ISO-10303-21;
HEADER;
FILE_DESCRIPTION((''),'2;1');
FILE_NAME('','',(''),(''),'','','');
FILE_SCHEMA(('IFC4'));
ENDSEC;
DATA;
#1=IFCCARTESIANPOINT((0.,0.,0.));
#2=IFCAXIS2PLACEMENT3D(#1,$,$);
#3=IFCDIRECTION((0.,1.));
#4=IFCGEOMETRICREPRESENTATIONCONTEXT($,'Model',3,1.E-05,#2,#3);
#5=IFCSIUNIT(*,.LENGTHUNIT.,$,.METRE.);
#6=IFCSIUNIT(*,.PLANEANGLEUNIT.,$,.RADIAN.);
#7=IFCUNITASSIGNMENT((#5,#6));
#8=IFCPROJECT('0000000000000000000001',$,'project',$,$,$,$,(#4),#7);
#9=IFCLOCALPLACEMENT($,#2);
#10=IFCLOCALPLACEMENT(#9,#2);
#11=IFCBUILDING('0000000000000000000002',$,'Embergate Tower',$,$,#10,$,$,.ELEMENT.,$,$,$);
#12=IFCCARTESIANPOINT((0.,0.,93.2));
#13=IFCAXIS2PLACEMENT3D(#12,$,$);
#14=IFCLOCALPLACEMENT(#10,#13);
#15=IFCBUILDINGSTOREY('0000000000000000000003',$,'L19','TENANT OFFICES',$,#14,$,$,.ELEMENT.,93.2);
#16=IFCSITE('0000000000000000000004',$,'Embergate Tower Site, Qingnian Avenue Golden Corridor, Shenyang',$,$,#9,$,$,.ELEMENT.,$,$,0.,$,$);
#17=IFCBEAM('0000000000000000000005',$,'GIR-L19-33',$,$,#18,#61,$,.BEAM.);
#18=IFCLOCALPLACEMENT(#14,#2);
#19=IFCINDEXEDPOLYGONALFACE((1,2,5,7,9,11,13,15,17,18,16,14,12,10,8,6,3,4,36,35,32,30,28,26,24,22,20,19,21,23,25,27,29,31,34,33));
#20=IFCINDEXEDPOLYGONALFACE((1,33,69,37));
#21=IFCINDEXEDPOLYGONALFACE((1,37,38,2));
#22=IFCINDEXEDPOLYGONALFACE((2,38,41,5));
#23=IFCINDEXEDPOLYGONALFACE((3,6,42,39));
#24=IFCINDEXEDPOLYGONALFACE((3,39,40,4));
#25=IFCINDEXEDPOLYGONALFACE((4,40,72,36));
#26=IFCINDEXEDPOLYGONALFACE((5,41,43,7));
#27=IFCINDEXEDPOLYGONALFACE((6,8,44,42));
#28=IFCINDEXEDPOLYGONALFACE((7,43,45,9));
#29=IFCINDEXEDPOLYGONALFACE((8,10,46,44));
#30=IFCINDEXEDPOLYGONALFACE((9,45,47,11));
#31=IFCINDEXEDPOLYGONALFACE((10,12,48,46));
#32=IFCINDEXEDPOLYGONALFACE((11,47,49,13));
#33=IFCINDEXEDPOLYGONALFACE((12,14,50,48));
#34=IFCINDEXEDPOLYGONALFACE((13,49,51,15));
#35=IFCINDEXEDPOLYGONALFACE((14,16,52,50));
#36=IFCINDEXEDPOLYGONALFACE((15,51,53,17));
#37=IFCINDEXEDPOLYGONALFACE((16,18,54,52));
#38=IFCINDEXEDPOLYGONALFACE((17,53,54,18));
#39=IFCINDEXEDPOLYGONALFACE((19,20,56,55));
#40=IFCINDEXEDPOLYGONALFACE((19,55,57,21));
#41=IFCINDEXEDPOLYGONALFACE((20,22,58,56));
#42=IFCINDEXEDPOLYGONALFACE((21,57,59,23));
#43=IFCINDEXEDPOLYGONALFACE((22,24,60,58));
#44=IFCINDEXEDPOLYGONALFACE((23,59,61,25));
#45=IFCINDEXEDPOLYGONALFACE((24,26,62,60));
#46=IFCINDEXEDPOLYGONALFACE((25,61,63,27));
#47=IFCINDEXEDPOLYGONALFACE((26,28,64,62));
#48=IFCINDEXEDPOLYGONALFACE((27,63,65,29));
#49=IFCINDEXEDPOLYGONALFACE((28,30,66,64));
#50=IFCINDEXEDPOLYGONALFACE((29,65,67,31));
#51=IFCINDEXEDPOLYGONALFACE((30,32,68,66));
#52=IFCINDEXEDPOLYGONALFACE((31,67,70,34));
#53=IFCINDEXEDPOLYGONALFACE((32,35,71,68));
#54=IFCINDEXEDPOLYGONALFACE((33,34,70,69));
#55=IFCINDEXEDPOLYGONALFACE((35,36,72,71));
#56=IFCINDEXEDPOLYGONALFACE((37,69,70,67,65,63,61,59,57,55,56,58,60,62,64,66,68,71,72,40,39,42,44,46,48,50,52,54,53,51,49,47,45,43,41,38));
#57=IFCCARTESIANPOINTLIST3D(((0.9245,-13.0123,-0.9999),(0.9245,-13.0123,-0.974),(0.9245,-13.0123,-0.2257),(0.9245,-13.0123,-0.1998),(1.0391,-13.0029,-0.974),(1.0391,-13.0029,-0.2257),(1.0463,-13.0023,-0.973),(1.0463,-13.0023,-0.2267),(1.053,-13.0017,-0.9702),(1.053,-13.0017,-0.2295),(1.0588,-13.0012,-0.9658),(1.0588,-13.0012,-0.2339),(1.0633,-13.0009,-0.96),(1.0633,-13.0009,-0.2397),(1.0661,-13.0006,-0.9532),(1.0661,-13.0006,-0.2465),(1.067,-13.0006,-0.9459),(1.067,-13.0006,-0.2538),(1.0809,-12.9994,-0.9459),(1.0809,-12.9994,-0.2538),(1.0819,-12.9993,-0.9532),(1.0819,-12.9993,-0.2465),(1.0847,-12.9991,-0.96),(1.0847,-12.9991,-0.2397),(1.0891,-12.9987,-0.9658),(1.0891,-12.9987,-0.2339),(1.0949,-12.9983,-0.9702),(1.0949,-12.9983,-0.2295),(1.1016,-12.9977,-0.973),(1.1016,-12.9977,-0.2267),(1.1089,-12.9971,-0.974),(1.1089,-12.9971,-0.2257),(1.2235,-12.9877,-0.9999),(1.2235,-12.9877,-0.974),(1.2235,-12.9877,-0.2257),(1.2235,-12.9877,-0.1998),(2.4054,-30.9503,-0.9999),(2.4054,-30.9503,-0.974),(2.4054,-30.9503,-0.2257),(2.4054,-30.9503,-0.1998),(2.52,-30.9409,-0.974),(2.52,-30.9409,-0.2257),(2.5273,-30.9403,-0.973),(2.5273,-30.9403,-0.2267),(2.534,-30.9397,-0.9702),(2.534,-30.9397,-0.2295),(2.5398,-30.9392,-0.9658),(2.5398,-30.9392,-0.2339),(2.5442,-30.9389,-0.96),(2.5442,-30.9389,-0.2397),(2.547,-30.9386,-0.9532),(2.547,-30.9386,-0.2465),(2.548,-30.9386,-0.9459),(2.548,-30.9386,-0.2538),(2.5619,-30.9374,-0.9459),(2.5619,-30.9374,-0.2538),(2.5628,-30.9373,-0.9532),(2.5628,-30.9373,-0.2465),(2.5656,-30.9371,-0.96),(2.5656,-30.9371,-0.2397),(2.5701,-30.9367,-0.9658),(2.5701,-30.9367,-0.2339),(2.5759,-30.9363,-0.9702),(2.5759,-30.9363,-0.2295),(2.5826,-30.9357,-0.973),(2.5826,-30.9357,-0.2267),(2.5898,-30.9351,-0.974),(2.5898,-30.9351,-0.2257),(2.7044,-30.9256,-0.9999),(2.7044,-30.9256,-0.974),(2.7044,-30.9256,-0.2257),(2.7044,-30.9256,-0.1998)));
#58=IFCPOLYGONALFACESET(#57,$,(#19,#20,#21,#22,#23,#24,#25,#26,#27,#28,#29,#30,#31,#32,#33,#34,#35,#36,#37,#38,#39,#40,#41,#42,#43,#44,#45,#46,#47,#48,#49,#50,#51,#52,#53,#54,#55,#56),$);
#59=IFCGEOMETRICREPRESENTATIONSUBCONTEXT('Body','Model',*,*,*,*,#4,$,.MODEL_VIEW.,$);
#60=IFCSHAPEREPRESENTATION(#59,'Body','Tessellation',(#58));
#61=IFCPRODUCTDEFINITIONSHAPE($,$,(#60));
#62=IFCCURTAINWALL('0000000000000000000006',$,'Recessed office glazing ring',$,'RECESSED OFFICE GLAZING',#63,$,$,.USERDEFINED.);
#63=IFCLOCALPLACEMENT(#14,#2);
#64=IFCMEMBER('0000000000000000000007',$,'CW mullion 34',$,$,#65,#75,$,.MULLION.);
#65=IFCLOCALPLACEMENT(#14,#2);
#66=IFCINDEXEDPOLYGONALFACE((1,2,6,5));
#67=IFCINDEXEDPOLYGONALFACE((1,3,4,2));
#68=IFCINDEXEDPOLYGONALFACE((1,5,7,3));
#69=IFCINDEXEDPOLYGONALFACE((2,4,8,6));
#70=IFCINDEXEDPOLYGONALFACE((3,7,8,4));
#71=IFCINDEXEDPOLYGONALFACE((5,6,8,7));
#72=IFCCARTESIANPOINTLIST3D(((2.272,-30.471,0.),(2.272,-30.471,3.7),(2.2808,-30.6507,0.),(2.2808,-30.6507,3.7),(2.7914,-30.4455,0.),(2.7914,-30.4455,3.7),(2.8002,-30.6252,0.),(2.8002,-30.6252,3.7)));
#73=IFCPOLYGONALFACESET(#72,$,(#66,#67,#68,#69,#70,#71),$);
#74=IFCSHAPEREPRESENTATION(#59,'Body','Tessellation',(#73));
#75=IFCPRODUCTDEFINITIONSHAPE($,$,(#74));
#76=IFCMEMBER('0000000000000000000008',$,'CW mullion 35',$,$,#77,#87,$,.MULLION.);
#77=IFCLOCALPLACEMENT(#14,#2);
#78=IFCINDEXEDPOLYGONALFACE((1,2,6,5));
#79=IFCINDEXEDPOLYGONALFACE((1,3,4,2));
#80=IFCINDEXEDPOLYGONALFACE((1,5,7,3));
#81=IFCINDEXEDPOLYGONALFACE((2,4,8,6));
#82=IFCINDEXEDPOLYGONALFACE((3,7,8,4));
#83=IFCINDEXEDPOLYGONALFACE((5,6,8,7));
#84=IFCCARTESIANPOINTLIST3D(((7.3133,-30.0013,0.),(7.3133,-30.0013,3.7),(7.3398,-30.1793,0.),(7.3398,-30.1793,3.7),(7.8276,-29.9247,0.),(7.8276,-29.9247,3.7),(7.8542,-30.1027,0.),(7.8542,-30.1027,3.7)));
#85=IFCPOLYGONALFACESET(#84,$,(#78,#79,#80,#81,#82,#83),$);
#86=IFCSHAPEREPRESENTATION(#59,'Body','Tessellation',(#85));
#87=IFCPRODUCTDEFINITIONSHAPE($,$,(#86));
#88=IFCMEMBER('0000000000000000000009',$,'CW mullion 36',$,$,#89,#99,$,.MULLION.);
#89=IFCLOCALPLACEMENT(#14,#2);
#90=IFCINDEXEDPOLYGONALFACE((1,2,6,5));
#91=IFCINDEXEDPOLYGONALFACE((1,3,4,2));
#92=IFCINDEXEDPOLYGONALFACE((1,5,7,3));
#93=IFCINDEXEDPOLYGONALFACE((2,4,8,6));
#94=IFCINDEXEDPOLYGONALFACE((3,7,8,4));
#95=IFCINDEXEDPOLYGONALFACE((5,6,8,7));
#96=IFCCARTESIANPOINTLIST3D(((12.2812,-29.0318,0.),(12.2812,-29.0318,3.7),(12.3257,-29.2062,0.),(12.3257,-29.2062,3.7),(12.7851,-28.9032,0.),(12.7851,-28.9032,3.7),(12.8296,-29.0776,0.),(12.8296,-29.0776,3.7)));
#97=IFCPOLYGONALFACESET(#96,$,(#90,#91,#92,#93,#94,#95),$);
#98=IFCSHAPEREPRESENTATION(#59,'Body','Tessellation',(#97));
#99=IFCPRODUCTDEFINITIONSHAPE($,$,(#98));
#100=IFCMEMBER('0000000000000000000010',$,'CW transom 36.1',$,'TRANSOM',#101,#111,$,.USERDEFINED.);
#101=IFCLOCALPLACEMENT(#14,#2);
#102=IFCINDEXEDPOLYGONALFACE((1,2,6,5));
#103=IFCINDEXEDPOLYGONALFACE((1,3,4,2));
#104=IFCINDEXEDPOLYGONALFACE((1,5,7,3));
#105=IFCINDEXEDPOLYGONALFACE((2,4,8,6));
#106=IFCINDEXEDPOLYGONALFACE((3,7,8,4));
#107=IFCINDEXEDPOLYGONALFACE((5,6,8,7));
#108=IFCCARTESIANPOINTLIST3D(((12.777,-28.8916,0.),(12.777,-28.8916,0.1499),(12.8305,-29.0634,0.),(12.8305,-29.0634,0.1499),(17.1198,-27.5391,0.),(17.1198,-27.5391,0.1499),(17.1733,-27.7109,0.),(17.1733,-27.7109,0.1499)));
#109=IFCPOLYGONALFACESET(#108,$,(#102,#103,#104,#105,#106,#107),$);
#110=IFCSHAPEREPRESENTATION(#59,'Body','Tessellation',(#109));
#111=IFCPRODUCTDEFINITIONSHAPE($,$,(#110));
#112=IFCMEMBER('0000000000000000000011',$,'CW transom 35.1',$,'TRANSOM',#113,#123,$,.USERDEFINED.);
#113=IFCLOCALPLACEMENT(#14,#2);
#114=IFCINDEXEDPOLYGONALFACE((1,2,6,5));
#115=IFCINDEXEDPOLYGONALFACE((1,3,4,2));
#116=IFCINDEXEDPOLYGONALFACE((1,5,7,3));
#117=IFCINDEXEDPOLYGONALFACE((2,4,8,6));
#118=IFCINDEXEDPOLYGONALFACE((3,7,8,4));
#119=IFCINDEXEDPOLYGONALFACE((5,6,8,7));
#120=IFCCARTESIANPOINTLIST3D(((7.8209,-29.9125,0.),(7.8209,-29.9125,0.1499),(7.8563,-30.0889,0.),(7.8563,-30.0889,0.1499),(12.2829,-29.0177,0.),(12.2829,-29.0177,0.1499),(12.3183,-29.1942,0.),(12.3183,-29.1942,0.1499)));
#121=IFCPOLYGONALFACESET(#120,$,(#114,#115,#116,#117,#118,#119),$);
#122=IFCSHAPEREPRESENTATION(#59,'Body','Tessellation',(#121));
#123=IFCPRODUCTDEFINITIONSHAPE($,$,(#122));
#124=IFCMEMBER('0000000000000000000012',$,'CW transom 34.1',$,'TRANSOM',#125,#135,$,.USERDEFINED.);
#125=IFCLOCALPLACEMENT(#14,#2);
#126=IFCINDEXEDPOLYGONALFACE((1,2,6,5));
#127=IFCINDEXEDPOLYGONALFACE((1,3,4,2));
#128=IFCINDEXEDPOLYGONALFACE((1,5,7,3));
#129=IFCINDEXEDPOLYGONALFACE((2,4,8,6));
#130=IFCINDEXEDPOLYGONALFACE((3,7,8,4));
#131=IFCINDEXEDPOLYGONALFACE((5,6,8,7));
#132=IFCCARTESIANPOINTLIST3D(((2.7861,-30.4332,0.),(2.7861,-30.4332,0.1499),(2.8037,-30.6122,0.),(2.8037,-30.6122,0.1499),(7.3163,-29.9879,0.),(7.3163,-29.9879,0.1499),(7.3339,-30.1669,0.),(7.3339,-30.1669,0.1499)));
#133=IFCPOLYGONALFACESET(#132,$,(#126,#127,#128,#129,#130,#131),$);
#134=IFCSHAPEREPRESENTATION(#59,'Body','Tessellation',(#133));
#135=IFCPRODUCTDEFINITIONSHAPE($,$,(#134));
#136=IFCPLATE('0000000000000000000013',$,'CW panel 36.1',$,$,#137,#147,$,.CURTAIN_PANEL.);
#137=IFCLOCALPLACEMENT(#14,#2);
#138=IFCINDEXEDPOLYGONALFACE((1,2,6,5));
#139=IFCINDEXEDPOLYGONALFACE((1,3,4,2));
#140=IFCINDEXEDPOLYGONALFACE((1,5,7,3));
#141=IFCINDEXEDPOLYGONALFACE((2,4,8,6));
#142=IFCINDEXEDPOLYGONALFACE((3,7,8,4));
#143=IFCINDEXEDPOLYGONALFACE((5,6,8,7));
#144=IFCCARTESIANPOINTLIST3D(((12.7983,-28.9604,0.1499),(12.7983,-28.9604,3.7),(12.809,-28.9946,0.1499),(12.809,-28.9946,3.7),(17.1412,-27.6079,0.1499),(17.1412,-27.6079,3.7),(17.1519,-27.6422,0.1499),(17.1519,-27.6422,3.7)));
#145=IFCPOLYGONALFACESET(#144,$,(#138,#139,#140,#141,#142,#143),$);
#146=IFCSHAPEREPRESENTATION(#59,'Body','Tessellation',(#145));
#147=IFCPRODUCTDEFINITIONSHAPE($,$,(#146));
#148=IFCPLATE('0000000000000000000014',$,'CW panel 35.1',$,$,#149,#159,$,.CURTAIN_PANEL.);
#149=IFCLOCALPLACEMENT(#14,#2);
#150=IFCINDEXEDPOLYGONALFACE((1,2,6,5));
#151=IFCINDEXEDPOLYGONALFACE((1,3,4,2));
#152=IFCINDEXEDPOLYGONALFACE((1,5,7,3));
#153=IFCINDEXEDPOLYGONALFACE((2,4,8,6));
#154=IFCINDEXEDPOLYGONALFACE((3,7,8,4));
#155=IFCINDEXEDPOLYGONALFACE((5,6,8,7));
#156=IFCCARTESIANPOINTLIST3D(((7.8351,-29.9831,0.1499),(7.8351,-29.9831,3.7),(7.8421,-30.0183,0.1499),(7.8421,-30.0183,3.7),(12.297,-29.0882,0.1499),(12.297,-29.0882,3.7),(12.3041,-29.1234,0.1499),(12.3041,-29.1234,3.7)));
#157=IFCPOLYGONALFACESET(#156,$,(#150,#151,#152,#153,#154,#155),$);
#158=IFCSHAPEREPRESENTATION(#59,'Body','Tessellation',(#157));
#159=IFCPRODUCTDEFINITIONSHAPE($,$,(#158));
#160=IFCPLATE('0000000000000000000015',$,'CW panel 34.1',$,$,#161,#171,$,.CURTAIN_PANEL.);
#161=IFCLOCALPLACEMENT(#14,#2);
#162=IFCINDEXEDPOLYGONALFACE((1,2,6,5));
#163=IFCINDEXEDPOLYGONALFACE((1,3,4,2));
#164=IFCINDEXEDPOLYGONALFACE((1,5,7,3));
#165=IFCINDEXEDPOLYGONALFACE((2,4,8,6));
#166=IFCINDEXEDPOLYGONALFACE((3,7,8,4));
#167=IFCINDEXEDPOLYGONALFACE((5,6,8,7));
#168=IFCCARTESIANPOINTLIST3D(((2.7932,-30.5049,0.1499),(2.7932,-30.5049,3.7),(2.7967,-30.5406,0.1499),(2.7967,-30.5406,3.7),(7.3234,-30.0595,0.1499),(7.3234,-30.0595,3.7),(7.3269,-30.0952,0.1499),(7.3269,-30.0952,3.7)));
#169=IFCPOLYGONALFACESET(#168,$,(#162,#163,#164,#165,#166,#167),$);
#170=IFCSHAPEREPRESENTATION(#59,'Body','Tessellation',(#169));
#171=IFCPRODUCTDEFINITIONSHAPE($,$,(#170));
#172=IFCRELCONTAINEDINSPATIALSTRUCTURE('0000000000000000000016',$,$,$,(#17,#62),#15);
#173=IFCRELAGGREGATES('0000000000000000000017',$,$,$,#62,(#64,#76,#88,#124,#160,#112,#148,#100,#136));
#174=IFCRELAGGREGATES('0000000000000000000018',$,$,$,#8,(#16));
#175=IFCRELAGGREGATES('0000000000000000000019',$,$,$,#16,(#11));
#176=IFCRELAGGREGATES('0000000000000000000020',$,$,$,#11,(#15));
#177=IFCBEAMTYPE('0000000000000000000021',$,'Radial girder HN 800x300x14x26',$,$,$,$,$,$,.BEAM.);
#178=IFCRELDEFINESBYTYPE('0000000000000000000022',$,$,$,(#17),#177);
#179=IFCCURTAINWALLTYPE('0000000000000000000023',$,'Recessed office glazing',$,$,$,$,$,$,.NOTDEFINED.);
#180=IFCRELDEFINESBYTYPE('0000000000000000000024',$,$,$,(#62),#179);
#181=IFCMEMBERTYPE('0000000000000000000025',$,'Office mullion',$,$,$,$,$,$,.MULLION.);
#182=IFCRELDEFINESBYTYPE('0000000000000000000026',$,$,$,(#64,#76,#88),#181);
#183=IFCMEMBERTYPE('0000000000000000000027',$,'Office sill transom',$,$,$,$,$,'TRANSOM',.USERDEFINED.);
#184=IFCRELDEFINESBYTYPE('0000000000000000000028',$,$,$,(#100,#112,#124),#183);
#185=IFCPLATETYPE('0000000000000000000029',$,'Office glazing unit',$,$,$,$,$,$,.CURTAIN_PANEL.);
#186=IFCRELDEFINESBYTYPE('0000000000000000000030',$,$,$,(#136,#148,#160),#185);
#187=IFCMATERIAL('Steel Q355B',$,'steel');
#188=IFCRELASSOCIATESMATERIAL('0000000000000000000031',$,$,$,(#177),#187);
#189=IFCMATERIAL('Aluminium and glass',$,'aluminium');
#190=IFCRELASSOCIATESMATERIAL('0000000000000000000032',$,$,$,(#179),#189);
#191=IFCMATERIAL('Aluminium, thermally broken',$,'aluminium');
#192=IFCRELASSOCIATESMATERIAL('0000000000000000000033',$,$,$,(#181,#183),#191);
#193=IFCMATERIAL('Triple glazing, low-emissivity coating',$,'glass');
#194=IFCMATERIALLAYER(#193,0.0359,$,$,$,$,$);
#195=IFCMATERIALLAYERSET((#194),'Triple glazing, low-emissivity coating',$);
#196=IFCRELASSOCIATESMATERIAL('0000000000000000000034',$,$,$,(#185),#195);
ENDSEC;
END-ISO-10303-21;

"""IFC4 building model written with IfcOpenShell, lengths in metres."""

from ifc_helpers import new_model, si_unit, direction, frame, origin, origin_2d, place, context, subcontext, project, spatial, rectangle, i_section, extrude, source, transform, mapped, material, layer, layer_set, material_profile, profile_set, type_object, element, aggregate, save


model = new_model("IFC4")

# Units and contexts
model_context = context("Model", 3, precision=1e-05, world=origin(), true_north=direction((0.0, 1.0)))
body_context = subcontext(model_context, "Body", "Model", "MODEL_VIEW")
ifc_project = project(units=[si_unit("LENGTHUNIT", "METRE"), si_unit("PLANEANGLEUNIT", "RADIAN")], contexts=[model_context])

# Site, building, storey
site_placement = place(None, origin())
site = spatial("IfcSite", under=ifc_project, at=site_placement, Name="Embergate Tower Site, Qingnian Avenue Golden Corridor, Shenyang", CompositionType="ELEMENT", RefElevation=0.0)
building_placement = place(site_placement, origin())
building = spatial("IfcBuilding", under=site, at=building_placement, Name="Embergate Tower", CompositionType="ELEMENT")
storey_placement = place(building_placement, frame((0.0, 0.0, 93.2)))
storey = spatial("IfcBuildingStorey", under=building, at=storey_placement, Name="L19", Description="TENANT OFFICES", CompositionType="ELEMENT", Elevation=93.2)

# Beam
ifc_material_1 = material(Name="Steel Q355B", Category="steel")
ifc_material_profile_1 = material_profile(ifc_material_1, i_section(OverallWidth=0.3, OverallDepth=0.8, WebThickness=0.0139, FlangeThickness=0.0259, FilletRadius=0.0281, at=origin_2d()), Name="HN 800x300x14x26")
ifc_profile_set_1 = profile_set([ifc_material_profile_1], Name="Steel Q355 grade B")
beam_type_1 = type_object("IfcBeamType", Name="Radial girder HN 800x300x14x26", PredefinedType="BEAM", material=ifc_profile_set_1)
shared_shape_1 = source(origin(), body_context, "Body", "SweptSolid", [
    extrude(i_section(OverallWidth=0.3, OverallDepth=0.8, WebThickness=0.0139, FlangeThickness=0.0259, FilletRadius=0.0281, at=origin_2d()), origin(), (0.0, 0.0, 1.0), 17.999),
])
beam_1_placement = place(storey_placement, frame((2.5549, -30.938, -0.5999), z_axis=(-0.08228, 0.996609, 0.0), x_axis=(-0.996609, -0.08228, 0.0)))
element("IfcBeam", 1, at=beam_1_placement, inside=storey, type_object=beam_type_1, Name="GIR-L19-33", PredefinedType="BEAM", context=body_context, shape_type="MappedRepresentation", body=[
    mapped(shared_shape_1, transform((0.0, 0.0, 0.0))),
])

# Curtain wall, members
ifc_material_2 = material(Name="Aluminium and glass", Category="aluminium")
curtain_wall_type = type_object("IfcCurtainWallType", Name="Recessed office glazing", PredefinedType="NOTDEFINED", material=ifc_material_2)
curtain_wall_placement = place(storey_placement, origin())
curtain_wall = element("IfcCurtainWall", 2, at=curtain_wall_placement, inside=storey, type_object=curtain_wall_type, Name="Recessed office glazing ring", ObjectType="RECESSED OFFICE GLAZING", PredefinedType="USERDEFINED")
ifc_material_3 = material(Name="Aluminium, thermally broken", Category="aluminium")
ifc_material_profile_2 = material_profile(ifc_material_3, rectangle(XDim=0.1799, YDim=0.52, at=origin_2d()), Name="AL 520x180")
ifc_profile_set_2 = profile_set([ifc_material_profile_2], Name="Aluminium, thermally broken")
member_type_1 = type_object("IfcMemberType", Name="Office mullion", PredefinedType="MULLION", material=ifc_profile_set_2)
shared_shape_2 = source(origin(), body_context, "Body", "SweptSolid", [
    extrude(rectangle(XDim=0.1799, YDim=0.52, at=origin_2d()), origin(), (0.0, 0.0, 1.0), 3.7),
])
member_1_placement = place(storey_placement, frame((2.5361, -30.5481, 0.0), z_axis=(0.0, 0.0, 1.0), x_axis=(-0.048972, 0.9988, 0.0)))
member_1 = element("IfcMember", 3, at=member_1_placement, type_object=member_type_1, Name="CW mullion 34", PredefinedType="MULLION", context=body_context, shape_type="MappedRepresentation", body=[
    mapped(shared_shape_2, transform((0.0, 0.0, 0.0))),
])
member_2_placement = place(storey_placement, frame((7.5837, -30.052, 0.0), z_axis=(0.0, 0.0, 1.0), x_axis=(-0.147412, 0.989075, 0.0)))
member_2 = element("IfcMember", 4, at=member_2_placement, type_object=member_type_1, Name="CW mullion 35", PredefinedType="MULLION", context=body_context, shape_type="MappedRepresentation", body=[
    mapped(shared_shape_2, transform((0.0, 0.0, 0.0))),
])
member_3_placement = place(storey_placement, frame((12.5554, -29.0547, 0.0), z_axis=(0.0, 0.0, 1.0), x_axis=(-0.247314, 0.968935, 0.0)))
member_3 = element("IfcMember", 5, at=member_3_placement, type_object=member_type_1, Name="CW mullion 36", PredefinedType="MULLION", context=body_context, shape_type="MappedRepresentation", body=[
    mapped(shared_shape_2, transform((0.0, 0.0, 0.0))),
])
ifc_material_profile_3 = material_profile(ifc_material_3, rectangle(XDim=0.1799, YDim=0.1499, at=origin_2d()), Name="AL 150x180")
ifc_profile_set_3 = profile_set([ifc_material_profile_3], Name="Aluminium, thermally broken")
member_type_2 = type_object("IfcMemberType", Name="Office sill transom", ElementType="TRANSOM", PredefinedType="USERDEFINED", material=ifc_profile_set_3)
shared_shape_3 = source(origin(), body_context, "Body", "SweptSolid", [
    extrude(rectangle(XDim=0.1799, YDim=0.1499, at=origin_2d()), origin(), (0.0, 0.0, 1.0), 4.5486),
])
member_4_placement = place(storey_placement, frame((12.8037, -28.9775, 0.075), z_axis=(0.954766, 0.297358, 0.0), x_axis=(-0.297358, 0.954766, 0.0)))
member_4 = element("IfcMember", 6, at=member_4_placement, type_object=member_type_2, Name="CW transom 36.1", ObjectType="TRANSOM", PredefinedType="USERDEFINED", context=body_context, shape_type="MappedRepresentation", body=[
    mapped(shared_shape_3, transform((0.0, 0.0, 0.0))),
])
shared_shape_4 = source(origin(), body_context, "Body", "SweptSolid", [
    extrude(rectangle(XDim=0.1799, YDim=0.1499, at=origin_2d()), origin(), (0.0, 0.0, 1.0), 4.5508),
])
member_5_placement = place(storey_placement, frame((7.8386, -30.0007, 0.075), z_axis=(0.980479, 0.196622, 0.0), x_axis=(-0.196622, 0.980479, 0.0)))
member_5 = element("IfcMember", 7, at=member_5_placement, type_object=member_type_2, Name="CW transom 35.1", ObjectType="TRANSOM", PredefinedType="USERDEFINED", context=body_context, shape_type="MappedRepresentation", body=[
    mapped(shared_shape_4, transform((0.0, 0.0, 0.0))),
])
shared_shape_5 = source(origin(), body_context, "Body", "SweptSolid", [
    extrude(rectangle(XDim=0.1799, YDim=0.1499, at=origin_2d()), origin(), (0.0, 0.0, 1.0), 4.552),
])
member_6_placement = place(storey_placement, frame((2.7949, -30.5227, 0.075), z_axis=(0.995204, 0.097826, 0.0), x_axis=(-0.097826, 0.995204, 0.0)))
member_6 = element("IfcMember", 8, at=member_6_placement, type_object=member_type_2, Name="CW transom 34.1", ObjectType="TRANSOM", PredefinedType="USERDEFINED", context=body_context, shape_type="MappedRepresentation", body=[
    mapped(shared_shape_5, transform((0.0, 0.0, 0.0))),
])

# Plates
ifc_material_4 = material(Name="Triple glazing, low-emissivity coating", Category="glass")
ifc_layer_1 = layer(ifc_material_4, 0.0359)
ifc_layer_set_1 = layer_set([ifc_layer_1], Name="Triple glazing, low-emissivity coating")
plate_type = type_object("IfcPlateType", Name="Office glazing unit", PredefinedType="CURTAIN_PANEL", material=ifc_layer_set_1)
shared_shape_6 = source(origin(), body_context, "Body", "SweptSolid", [
    extrude(rectangle(XDim=4.5486, YDim=0.0359, at=origin_2d()), origin(), (0.0, 0.0, 1.0), 3.55),
])
plate_1_placement = place(storey_placement, frame((14.9751, -28.3013, 0.1499), z_axis=(0.0, 0.0, 1.0), x_axis=(0.954772, 0.29734, 0.0)))
plate_1 = element("IfcPlate", 9, at=plate_1_placement, type_object=plate_type, Name="CW panel 36.1", PredefinedType="CURTAIN_PANEL", context=body_context, shape_type="MappedRepresentation", body=[
    mapped(shared_shape_6, transform((0.0, 0.0, 0.0))),
])
shared_shape_7 = source(origin(), body_context, "Body", "SweptSolid", [
    extrude(rectangle(XDim=4.5508, YDim=0.0359, at=origin_2d()), origin(), (0.0, 0.0, 1.0), 3.55),
])
plate_2_placement = place(storey_placement, frame((10.0696, -29.5532, 0.1499), z_axis=(0.0, 0.0, 1.0), x_axis=(0.980476, 0.196641, 0.0)))
plate_2 = element("IfcPlate", 10, at=plate_2_placement, type_object=plate_type, Name="CW panel 35.1", PredefinedType="CURTAIN_PANEL", context=body_context, shape_type="MappedRepresentation", body=[
    mapped(shared_shape_7, transform((0.0, 0.0, 0.0))),
])
shared_shape_8 = source(origin(), body_context, "Body", "SweptSolid", [
    extrude(rectangle(XDim=4.552, YDim=0.0359, at=origin_2d()), origin(), (0.0, 0.0, 1.0), 3.55),
])
plate_3_placement = place(storey_placement, frame((5.0601, -30.3, 0.1499), z_axis=(0.0, 0.0, 1.0), x_axis=(0.995203, 0.09783, 0.0)))
plate_3 = element("IfcPlate", 11, at=plate_3_placement, type_object=plate_type, Name="CW panel 34.1", PredefinedType="CURTAIN_PANEL", context=body_context, shape_type="MappedRepresentation", body=[
    mapped(shared_shape_8, transform((0.0, 0.0, 0.0))),
])
aggregate(curtain_wall, [member_1, member_2, member_3, member_6, plate_3, member_5, plate_2, member_4, plate_1])

save(model, "model.ifc")
